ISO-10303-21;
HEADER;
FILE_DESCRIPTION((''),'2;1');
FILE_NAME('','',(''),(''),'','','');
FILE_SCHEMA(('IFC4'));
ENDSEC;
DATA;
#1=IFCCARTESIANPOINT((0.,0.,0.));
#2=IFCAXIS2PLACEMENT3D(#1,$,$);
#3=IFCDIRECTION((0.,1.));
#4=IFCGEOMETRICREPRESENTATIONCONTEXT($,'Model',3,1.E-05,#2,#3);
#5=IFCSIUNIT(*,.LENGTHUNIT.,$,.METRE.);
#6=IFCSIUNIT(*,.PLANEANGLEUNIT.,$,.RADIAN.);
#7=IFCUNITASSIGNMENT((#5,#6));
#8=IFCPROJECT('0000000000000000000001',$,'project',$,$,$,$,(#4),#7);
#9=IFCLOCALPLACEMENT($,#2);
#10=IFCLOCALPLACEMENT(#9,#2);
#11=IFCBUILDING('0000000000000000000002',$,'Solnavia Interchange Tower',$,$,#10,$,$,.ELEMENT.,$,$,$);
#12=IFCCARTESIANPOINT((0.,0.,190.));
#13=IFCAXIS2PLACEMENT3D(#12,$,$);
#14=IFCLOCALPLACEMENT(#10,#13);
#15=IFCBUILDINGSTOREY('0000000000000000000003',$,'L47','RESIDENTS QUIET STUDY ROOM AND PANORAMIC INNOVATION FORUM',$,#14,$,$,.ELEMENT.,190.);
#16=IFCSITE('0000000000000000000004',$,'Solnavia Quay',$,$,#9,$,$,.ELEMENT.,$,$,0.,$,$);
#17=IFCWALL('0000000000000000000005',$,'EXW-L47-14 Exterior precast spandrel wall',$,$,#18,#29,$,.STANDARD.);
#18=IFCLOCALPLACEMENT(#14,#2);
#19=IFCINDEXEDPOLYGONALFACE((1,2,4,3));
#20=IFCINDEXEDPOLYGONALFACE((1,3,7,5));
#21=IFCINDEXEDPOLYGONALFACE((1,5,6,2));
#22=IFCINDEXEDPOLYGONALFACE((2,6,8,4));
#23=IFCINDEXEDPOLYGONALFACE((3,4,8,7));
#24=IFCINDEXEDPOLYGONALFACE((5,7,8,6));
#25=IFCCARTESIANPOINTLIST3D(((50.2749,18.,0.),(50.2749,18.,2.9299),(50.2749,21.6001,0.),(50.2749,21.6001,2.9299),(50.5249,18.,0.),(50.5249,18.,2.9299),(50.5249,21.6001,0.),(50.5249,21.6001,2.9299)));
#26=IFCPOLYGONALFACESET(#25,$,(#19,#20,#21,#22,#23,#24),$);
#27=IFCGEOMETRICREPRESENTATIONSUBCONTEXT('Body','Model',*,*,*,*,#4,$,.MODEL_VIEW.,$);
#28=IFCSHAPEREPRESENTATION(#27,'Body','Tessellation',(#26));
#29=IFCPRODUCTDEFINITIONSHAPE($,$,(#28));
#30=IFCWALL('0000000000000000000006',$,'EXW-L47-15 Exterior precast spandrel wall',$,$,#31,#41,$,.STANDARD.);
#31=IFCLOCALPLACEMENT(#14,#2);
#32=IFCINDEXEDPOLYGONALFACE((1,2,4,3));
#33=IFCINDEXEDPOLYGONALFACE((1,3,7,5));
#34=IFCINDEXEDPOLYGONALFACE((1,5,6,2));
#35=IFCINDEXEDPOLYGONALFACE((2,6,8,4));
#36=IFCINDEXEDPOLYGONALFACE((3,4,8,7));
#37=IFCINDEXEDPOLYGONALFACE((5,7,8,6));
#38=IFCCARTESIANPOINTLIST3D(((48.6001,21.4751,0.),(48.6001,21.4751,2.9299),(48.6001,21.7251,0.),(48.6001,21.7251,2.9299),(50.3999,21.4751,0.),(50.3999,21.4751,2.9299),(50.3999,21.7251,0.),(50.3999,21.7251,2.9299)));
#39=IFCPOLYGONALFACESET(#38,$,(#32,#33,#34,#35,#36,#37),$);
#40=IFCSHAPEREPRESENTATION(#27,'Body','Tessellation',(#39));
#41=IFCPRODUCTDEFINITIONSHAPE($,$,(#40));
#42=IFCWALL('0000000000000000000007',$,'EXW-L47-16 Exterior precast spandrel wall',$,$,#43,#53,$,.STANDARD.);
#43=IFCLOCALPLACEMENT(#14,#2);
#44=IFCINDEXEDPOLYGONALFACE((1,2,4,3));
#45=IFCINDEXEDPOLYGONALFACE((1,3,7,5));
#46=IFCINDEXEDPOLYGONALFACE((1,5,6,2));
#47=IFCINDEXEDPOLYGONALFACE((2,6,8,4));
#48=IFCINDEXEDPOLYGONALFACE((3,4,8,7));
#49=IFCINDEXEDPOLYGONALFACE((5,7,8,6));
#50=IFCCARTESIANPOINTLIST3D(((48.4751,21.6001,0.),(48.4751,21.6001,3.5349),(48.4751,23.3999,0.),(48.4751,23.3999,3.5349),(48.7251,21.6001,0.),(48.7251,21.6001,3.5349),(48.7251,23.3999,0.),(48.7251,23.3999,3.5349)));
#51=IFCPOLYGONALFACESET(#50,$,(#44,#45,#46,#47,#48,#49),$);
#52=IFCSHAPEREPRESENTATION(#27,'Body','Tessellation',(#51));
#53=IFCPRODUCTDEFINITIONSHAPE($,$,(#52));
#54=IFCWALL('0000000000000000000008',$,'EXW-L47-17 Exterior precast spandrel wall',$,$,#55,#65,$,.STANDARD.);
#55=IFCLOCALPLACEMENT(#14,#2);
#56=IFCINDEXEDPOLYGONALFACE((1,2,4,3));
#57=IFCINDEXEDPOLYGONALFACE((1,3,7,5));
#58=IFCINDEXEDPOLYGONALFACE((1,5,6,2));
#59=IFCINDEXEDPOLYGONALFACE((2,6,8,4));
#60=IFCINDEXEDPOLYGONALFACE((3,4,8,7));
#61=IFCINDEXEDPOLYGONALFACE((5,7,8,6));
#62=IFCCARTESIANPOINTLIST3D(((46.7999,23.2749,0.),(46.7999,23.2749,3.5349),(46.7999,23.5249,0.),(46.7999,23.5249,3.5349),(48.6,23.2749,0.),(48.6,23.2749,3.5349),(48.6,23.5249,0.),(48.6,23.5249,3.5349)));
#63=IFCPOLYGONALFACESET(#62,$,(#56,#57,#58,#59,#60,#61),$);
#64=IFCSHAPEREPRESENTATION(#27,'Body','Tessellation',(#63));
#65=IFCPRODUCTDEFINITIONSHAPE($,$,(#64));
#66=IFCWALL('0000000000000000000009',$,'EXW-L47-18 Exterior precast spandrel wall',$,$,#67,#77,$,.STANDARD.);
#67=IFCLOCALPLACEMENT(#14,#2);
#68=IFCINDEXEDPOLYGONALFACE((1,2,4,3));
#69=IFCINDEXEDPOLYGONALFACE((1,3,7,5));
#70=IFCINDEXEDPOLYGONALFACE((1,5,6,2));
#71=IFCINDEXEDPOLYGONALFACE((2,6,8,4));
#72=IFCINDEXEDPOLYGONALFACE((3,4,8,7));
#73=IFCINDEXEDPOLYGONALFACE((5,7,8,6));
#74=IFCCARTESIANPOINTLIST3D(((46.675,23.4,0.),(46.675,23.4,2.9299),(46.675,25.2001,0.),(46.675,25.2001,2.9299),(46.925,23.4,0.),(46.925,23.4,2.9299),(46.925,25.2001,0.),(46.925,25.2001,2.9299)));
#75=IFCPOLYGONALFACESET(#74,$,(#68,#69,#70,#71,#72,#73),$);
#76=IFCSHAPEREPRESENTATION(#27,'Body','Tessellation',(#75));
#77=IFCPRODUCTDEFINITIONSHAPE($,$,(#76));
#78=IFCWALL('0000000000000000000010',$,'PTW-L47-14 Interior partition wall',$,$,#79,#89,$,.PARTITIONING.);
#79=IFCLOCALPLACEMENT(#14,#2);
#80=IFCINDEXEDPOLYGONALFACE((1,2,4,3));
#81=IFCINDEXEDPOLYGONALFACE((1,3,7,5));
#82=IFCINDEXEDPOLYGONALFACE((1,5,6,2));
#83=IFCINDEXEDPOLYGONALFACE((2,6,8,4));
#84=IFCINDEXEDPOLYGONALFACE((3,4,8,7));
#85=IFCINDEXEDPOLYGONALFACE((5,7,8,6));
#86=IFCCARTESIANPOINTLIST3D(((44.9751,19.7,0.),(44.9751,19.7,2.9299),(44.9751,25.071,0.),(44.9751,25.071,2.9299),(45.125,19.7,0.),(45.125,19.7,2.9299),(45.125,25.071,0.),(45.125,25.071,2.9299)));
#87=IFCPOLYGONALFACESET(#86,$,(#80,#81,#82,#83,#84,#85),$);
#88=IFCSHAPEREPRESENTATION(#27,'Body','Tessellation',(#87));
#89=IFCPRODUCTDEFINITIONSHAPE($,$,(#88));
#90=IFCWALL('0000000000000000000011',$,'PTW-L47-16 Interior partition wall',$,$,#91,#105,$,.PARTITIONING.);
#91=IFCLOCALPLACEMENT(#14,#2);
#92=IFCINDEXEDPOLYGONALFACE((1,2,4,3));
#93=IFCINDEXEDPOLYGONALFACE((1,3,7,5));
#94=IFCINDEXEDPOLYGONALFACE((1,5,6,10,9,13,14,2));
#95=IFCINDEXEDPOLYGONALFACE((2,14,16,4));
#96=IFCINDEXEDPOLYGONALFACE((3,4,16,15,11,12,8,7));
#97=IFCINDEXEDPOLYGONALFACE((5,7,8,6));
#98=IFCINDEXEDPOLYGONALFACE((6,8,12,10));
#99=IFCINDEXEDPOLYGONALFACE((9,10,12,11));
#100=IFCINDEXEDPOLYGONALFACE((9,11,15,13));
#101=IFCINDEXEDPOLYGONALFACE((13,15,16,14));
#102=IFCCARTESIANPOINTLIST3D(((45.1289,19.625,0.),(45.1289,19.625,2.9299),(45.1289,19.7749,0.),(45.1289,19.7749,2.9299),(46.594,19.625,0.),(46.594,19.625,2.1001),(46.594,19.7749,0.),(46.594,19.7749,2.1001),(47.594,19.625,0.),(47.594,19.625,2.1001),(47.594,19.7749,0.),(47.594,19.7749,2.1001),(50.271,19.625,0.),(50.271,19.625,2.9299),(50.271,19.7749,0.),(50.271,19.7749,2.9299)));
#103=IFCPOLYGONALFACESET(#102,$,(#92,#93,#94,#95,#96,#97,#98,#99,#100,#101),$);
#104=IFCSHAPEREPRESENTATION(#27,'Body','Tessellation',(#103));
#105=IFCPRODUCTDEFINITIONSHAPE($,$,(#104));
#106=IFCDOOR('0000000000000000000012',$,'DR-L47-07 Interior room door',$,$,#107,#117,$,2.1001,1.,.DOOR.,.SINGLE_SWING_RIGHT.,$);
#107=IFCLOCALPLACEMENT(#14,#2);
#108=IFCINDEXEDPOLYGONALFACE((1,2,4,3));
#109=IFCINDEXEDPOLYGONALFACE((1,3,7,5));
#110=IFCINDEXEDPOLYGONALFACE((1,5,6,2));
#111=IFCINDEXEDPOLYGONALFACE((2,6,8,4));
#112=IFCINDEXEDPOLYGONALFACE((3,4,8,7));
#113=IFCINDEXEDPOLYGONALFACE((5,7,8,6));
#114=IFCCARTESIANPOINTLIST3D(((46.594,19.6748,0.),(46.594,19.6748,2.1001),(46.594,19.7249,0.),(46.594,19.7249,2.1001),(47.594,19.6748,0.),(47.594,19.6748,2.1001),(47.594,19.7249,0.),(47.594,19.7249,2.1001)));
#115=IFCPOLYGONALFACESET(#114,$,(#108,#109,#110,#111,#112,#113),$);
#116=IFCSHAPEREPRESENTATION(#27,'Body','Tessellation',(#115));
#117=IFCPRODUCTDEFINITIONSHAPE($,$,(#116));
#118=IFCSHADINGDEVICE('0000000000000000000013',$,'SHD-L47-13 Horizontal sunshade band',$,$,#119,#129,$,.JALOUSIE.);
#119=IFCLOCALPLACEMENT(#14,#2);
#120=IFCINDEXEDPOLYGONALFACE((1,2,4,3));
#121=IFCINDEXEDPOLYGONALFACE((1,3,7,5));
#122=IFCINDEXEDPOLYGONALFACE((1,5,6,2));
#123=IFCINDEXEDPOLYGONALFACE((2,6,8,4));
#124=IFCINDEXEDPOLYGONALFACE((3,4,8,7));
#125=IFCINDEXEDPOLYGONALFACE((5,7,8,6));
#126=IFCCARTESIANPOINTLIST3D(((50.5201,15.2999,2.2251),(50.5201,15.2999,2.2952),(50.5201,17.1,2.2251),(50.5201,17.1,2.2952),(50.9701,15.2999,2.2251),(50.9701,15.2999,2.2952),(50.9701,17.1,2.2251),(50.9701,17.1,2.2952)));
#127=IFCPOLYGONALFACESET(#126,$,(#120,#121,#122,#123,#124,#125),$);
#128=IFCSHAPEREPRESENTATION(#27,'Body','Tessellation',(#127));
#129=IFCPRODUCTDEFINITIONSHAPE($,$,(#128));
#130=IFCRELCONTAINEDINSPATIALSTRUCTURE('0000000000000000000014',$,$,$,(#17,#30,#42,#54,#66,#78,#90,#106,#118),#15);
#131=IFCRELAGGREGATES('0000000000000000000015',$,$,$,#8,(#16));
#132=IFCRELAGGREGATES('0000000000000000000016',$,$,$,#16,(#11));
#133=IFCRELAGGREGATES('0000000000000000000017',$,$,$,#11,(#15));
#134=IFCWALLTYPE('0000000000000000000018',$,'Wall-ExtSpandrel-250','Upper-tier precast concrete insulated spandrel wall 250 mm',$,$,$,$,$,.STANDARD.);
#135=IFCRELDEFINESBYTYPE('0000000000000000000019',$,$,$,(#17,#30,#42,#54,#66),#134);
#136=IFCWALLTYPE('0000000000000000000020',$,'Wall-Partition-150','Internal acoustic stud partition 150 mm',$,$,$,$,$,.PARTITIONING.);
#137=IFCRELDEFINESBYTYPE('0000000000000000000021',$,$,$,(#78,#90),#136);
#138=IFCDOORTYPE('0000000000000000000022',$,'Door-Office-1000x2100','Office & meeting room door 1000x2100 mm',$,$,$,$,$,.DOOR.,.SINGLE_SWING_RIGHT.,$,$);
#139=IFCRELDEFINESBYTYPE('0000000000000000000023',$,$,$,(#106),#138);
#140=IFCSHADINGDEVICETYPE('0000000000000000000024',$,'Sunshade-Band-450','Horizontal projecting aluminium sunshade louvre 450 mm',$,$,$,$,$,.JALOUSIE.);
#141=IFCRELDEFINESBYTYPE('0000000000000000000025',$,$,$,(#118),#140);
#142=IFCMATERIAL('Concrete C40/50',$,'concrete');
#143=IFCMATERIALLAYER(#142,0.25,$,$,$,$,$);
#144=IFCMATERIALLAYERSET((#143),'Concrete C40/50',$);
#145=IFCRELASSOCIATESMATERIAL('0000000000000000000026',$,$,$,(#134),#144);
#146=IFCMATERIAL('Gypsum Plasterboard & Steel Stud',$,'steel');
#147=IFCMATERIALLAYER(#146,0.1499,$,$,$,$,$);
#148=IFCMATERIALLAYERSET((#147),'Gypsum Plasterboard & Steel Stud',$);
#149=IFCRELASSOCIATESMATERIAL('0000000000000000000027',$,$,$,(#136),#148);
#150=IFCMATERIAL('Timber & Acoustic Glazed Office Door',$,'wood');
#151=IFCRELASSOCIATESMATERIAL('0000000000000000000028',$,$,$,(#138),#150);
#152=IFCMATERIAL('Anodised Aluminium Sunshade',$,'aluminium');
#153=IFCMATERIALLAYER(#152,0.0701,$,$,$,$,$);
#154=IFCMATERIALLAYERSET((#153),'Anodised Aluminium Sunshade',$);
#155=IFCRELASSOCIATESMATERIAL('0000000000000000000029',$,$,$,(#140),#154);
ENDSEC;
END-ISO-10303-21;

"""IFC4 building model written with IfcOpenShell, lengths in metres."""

from ifc_helpers import new_model, si_unit, direction, frame, frame_2d, origin, origin_2d, place, context, subcontext, project, spatial, rectangle, extrude, material, layer, layer_set, type_object, element, fill, save


model = new_model("IFC4")

# Units and contexts
model_context = context("Model", 3, precision=1e-05, world=origin(), true_north=direction((0.0, 1.0)))
body_context = subcontext(model_context, "Body", "Model", "MODEL_VIEW")
ifc_project = project(units=[si_unit("LENGTHUNIT", "METRE"), si_unit("PLANEANGLEUNIT", "RADIAN")], contexts=[model_context])

# Site, building, storey
site_placement = place(None, origin())
site = spatial("IfcSite", under=ifc_project, at=site_placement, Name="Solnavia Quay", CompositionType="ELEMENT", RefElevation=0.0)
building_placement = place(site_placement, origin())
building = spatial("IfcBuilding", under=site, at=building_placement, Name="Solnavia Interchange Tower", CompositionType="ELEMENT")
storey_placement = place(building_placement, frame((0.0, 0.0, 190.0)))
storey = spatial("IfcBuildingStorey", under=building, at=storey_placement, Name="L47", Description="RESIDENTS QUIET STUDY ROOM AND PANORAMIC INNOVATION FORUM", CompositionType="ELEMENT", Elevation=190.0)

# Shared definitions
ifc_material_1 = material(Name="Concrete C40/50", Category="concrete")
ifc_layer_1 = layer(ifc_material_1, 0.25)
ifc_layer_set_1 = layer_set([ifc_layer_1], Name="Concrete C40/50")
wall_type_1 = type_object("IfcWallType", Name="Wall-ExtSpandrel-250", Description="Upper-tier precast concrete insulated spandrel wall 250 mm", PredefinedType="STANDARD", material=ifc_layer_set_1)

# Walls
wall_1_placement = place(storey_placement, frame((50.3999, 21.6001, 0.0), z_axis=(0.0, 0.0, 1.0), x_axis=(0.0, -1.0, 0.0)))
element("IfcWall", 1, at=wall_1_placement, inside=storey, type_object=wall_type_1, Name="EXW-L47-14 Exterior precast spandrel wall", PredefinedType="STANDARD", context=body_context, shape_type="SweptSolid", body=[
    extrude(rectangle(XDim=3.6001, YDim=0.25, at=frame_2d((1.8, 0.0))), origin(), (0.0, 0.0, 1.0), 2.9299),
])
wall_2_placement = place(storey_placement, frame((48.6001, 21.6001, 0.0), z_axis=(0.0, 0.0, 1.0), x_axis=(1.0, 0.0, 0.0)))
element("IfcWall", 2, at=wall_2_placement, inside=storey, type_object=wall_type_1, Name="EXW-L47-15 Exterior precast spandrel wall", PredefinedType="STANDARD", context=body_context, shape_type="SweptSolid", body=[
    extrude(rectangle(XDim=1.7998, YDim=0.25, at=frame_2d((0.8999, 0.0))), origin(), (0.0, 0.0, 1.0), 2.9299),
])
wall_3_placement = place(storey_placement, frame((48.6001, 23.3999, 0.0), z_axis=(0.0, 0.0, 1.0), x_axis=(0.0, -1.0, 0.0)))
element("IfcWall", 3, at=wall_3_placement, inside=storey, type_object=wall_type_1, Name="EXW-L47-16 Exterior precast spandrel wall", PredefinedType="STANDARD", context=body_context, shape_type="SweptSolid", body=[
    extrude(rectangle(XDim=1.7998, YDim=0.25, at=frame_2d((0.8999, 0.0))), origin(), (0.0, 0.0, 1.0), 3.5349),
])
wall_4_placement = place(storey_placement, frame((46.8, 23.3999, 0.0), z_axis=(0.0, 0.0, 1.0), x_axis=(1.0, 0.0, 0.0)))
element("IfcWall", 4, at=wall_4_placement, inside=storey, type_object=wall_type_1, Name="EXW-L47-17 Exterior precast spandrel wall", PredefinedType="STANDARD", context=body_context, shape_type="SweptSolid", body=[
    extrude(rectangle(XDim=1.8, YDim=0.25, at=frame_2d((0.8999, 0.0))), origin(), (0.0, 0.0, 1.0), 3.5349),
])
wall_5_placement = place(storey_placement, frame((46.8, 25.2, 0.0), z_axis=(0.0, 0.0, 1.0), x_axis=(0.0, -1.0, 0.0)))
element("IfcWall", 5, at=wall_5_placement, inside=storey, type_object=wall_type_1, Name="EXW-L47-18 Exterior precast spandrel wall", PredefinedType="STANDARD", context=body_context, shape_type="SweptSolid", body=[
    extrude(rectangle(XDim=1.8, YDim=0.25, at=frame_2d((0.8999, 0.0))), origin(), (0.0, 0.0, 1.0), 2.9299),
])
ifc_material_2 = material(Name="Gypsum Plasterboard & Steel Stud", Category="steel")
ifc_layer_2 = layer(ifc_material_2, 0.1499)
ifc_layer_set_2 = layer_set([ifc_layer_2], Name="Gypsum Plasterboard & Steel Stud")
wall_type_2 = type_object("IfcWallType", Name="Wall-Partition-150", Description="Internal acoustic stud partition 150 mm", PredefinedType="PARTITIONING", material=ifc_layer_set_2)
wall_6_placement = place(storey_placement, frame((45.05, 19.7, 0.0), z_axis=(0.0, 0.0, 1.0), x_axis=(0.0, 1.0, 0.0)))
element("IfcWall", 6, at=wall_6_placement, inside=storey, type_object=wall_type_2, Name="PTW-L47-14 Interior partition wall", PredefinedType="PARTITIONING", context=body_context, shape_type="SweptSolid", body=[
    extrude(rectangle(XDim=5.3711, YDim=0.1499, at=frame_2d((2.6855, 0.0))), origin(), (0.0, 0.0, 1.0), 2.9299),
])

# Wall, opening, door
wall_7_placement = place(storey_placement, frame((45.1289, 19.7, 0.0), z_axis=(0.0, 0.0, 1.0), x_axis=(1.0, 0.0, 0.0)))
wall_7 = element("IfcWall", 7, at=wall_7_placement, inside=storey, type_object=wall_type_2, Name="PTW-L47-16 Interior partition wall", PredefinedType="PARTITIONING", context=body_context, shape_type="SweptSolid", body=[
    extrude(rectangle(XDim=5.1421, YDim=0.1499, at=frame_2d((2.571, 0.0))), origin(), (0.0, 0.0, 1.0), 2.9299),
])
opening_1_placement = place(wall_7_placement, frame((1.4651, 0.0, 0.0)))
opening_1 = element("IfcOpeningElement", 8, at=opening_1_placement, cuts=wall_7, PredefinedType="OPENING", context=body_context, shape_type="SweptSolid", body=[
    extrude(rectangle(XDim=1.0, YDim=2.1001, at=frame_2d((0.5, 1.05))), frame((0.0, 0.085, 0.0), z_axis=(0.0, -1.0, 0.0), x_axis=(1.0, 0.0, 0.0)), (0.0, 0.0, 1.0), 0.1699),
])
ifc_material_3 = material(Name="Timber & Acoustic Glazed Office Door", Category="wood")
door_type = type_object("IfcDoorType", Name="Door-Office-1000x2100", Description="Office & meeting room door 1000x2100 mm", OperationType="SINGLE_SWING_RIGHT", PredefinedType="DOOR", material=ifc_material_3)
door_placement = place(opening_1_placement, origin())
door = element("IfcDoor", 9, at=door_placement, inside=storey, type_object=door_type, Name="DR-L47-07 Interior room door", OperationType="SINGLE_SWING_RIGHT", OverallHeight=2.1001, OverallWidth=1.0, PredefinedType="DOOR", context=body_context, shape_type="SweptSolid", body=[
    extrude(rectangle(XDim=1.0, YDim=2.1001, at=frame_2d((0.5, 1.05))), frame((0.0, 0.0249, 0.0), z_axis=(0.0, -1.0, 0.0), x_axis=(1.0, 0.0, 0.0)), (0.0, 0.0, 1.0), 0.05),
])
fill(opening_1, door)

# Shading device
ifc_material_4 = material(Name="Anodised Aluminium Sunshade", Category="aluminium")
ifc_layer_3 = layer(ifc_material_4, 0.0701)
ifc_layer_set_3 = layer_set([ifc_layer_3], Name="Anodised Aluminium Sunshade")
shading_device_type = type_object("IfcShadingDeviceType", Name="Sunshade-Band-450", Description="Horizontal projecting aluminium sunshade louvre 450 mm", PredefinedType="JALOUSIE", material=ifc_layer_set_3)
shading_device_placement = place(storey_placement, frame((50.7451, 16.2, 2.2251), z_axis=(0.0, 0.0, 1.0), x_axis=(0.0, -1.0, 0.0)))
element("IfcShadingDevice", 10, at=shading_device_placement, inside=storey, type_object=shading_device_type, Name="SHD-L47-13 Horizontal sunshade band", PredefinedType="JALOUSIE", context=body_context, shape_type="SweptSolid", body=[
    extrude(rectangle(XDim=1.8, YDim=0.45, at=origin_2d()), origin(), (0.0, 0.0, 1.0), 0.0701),
])

save(model, "model.ifc")
